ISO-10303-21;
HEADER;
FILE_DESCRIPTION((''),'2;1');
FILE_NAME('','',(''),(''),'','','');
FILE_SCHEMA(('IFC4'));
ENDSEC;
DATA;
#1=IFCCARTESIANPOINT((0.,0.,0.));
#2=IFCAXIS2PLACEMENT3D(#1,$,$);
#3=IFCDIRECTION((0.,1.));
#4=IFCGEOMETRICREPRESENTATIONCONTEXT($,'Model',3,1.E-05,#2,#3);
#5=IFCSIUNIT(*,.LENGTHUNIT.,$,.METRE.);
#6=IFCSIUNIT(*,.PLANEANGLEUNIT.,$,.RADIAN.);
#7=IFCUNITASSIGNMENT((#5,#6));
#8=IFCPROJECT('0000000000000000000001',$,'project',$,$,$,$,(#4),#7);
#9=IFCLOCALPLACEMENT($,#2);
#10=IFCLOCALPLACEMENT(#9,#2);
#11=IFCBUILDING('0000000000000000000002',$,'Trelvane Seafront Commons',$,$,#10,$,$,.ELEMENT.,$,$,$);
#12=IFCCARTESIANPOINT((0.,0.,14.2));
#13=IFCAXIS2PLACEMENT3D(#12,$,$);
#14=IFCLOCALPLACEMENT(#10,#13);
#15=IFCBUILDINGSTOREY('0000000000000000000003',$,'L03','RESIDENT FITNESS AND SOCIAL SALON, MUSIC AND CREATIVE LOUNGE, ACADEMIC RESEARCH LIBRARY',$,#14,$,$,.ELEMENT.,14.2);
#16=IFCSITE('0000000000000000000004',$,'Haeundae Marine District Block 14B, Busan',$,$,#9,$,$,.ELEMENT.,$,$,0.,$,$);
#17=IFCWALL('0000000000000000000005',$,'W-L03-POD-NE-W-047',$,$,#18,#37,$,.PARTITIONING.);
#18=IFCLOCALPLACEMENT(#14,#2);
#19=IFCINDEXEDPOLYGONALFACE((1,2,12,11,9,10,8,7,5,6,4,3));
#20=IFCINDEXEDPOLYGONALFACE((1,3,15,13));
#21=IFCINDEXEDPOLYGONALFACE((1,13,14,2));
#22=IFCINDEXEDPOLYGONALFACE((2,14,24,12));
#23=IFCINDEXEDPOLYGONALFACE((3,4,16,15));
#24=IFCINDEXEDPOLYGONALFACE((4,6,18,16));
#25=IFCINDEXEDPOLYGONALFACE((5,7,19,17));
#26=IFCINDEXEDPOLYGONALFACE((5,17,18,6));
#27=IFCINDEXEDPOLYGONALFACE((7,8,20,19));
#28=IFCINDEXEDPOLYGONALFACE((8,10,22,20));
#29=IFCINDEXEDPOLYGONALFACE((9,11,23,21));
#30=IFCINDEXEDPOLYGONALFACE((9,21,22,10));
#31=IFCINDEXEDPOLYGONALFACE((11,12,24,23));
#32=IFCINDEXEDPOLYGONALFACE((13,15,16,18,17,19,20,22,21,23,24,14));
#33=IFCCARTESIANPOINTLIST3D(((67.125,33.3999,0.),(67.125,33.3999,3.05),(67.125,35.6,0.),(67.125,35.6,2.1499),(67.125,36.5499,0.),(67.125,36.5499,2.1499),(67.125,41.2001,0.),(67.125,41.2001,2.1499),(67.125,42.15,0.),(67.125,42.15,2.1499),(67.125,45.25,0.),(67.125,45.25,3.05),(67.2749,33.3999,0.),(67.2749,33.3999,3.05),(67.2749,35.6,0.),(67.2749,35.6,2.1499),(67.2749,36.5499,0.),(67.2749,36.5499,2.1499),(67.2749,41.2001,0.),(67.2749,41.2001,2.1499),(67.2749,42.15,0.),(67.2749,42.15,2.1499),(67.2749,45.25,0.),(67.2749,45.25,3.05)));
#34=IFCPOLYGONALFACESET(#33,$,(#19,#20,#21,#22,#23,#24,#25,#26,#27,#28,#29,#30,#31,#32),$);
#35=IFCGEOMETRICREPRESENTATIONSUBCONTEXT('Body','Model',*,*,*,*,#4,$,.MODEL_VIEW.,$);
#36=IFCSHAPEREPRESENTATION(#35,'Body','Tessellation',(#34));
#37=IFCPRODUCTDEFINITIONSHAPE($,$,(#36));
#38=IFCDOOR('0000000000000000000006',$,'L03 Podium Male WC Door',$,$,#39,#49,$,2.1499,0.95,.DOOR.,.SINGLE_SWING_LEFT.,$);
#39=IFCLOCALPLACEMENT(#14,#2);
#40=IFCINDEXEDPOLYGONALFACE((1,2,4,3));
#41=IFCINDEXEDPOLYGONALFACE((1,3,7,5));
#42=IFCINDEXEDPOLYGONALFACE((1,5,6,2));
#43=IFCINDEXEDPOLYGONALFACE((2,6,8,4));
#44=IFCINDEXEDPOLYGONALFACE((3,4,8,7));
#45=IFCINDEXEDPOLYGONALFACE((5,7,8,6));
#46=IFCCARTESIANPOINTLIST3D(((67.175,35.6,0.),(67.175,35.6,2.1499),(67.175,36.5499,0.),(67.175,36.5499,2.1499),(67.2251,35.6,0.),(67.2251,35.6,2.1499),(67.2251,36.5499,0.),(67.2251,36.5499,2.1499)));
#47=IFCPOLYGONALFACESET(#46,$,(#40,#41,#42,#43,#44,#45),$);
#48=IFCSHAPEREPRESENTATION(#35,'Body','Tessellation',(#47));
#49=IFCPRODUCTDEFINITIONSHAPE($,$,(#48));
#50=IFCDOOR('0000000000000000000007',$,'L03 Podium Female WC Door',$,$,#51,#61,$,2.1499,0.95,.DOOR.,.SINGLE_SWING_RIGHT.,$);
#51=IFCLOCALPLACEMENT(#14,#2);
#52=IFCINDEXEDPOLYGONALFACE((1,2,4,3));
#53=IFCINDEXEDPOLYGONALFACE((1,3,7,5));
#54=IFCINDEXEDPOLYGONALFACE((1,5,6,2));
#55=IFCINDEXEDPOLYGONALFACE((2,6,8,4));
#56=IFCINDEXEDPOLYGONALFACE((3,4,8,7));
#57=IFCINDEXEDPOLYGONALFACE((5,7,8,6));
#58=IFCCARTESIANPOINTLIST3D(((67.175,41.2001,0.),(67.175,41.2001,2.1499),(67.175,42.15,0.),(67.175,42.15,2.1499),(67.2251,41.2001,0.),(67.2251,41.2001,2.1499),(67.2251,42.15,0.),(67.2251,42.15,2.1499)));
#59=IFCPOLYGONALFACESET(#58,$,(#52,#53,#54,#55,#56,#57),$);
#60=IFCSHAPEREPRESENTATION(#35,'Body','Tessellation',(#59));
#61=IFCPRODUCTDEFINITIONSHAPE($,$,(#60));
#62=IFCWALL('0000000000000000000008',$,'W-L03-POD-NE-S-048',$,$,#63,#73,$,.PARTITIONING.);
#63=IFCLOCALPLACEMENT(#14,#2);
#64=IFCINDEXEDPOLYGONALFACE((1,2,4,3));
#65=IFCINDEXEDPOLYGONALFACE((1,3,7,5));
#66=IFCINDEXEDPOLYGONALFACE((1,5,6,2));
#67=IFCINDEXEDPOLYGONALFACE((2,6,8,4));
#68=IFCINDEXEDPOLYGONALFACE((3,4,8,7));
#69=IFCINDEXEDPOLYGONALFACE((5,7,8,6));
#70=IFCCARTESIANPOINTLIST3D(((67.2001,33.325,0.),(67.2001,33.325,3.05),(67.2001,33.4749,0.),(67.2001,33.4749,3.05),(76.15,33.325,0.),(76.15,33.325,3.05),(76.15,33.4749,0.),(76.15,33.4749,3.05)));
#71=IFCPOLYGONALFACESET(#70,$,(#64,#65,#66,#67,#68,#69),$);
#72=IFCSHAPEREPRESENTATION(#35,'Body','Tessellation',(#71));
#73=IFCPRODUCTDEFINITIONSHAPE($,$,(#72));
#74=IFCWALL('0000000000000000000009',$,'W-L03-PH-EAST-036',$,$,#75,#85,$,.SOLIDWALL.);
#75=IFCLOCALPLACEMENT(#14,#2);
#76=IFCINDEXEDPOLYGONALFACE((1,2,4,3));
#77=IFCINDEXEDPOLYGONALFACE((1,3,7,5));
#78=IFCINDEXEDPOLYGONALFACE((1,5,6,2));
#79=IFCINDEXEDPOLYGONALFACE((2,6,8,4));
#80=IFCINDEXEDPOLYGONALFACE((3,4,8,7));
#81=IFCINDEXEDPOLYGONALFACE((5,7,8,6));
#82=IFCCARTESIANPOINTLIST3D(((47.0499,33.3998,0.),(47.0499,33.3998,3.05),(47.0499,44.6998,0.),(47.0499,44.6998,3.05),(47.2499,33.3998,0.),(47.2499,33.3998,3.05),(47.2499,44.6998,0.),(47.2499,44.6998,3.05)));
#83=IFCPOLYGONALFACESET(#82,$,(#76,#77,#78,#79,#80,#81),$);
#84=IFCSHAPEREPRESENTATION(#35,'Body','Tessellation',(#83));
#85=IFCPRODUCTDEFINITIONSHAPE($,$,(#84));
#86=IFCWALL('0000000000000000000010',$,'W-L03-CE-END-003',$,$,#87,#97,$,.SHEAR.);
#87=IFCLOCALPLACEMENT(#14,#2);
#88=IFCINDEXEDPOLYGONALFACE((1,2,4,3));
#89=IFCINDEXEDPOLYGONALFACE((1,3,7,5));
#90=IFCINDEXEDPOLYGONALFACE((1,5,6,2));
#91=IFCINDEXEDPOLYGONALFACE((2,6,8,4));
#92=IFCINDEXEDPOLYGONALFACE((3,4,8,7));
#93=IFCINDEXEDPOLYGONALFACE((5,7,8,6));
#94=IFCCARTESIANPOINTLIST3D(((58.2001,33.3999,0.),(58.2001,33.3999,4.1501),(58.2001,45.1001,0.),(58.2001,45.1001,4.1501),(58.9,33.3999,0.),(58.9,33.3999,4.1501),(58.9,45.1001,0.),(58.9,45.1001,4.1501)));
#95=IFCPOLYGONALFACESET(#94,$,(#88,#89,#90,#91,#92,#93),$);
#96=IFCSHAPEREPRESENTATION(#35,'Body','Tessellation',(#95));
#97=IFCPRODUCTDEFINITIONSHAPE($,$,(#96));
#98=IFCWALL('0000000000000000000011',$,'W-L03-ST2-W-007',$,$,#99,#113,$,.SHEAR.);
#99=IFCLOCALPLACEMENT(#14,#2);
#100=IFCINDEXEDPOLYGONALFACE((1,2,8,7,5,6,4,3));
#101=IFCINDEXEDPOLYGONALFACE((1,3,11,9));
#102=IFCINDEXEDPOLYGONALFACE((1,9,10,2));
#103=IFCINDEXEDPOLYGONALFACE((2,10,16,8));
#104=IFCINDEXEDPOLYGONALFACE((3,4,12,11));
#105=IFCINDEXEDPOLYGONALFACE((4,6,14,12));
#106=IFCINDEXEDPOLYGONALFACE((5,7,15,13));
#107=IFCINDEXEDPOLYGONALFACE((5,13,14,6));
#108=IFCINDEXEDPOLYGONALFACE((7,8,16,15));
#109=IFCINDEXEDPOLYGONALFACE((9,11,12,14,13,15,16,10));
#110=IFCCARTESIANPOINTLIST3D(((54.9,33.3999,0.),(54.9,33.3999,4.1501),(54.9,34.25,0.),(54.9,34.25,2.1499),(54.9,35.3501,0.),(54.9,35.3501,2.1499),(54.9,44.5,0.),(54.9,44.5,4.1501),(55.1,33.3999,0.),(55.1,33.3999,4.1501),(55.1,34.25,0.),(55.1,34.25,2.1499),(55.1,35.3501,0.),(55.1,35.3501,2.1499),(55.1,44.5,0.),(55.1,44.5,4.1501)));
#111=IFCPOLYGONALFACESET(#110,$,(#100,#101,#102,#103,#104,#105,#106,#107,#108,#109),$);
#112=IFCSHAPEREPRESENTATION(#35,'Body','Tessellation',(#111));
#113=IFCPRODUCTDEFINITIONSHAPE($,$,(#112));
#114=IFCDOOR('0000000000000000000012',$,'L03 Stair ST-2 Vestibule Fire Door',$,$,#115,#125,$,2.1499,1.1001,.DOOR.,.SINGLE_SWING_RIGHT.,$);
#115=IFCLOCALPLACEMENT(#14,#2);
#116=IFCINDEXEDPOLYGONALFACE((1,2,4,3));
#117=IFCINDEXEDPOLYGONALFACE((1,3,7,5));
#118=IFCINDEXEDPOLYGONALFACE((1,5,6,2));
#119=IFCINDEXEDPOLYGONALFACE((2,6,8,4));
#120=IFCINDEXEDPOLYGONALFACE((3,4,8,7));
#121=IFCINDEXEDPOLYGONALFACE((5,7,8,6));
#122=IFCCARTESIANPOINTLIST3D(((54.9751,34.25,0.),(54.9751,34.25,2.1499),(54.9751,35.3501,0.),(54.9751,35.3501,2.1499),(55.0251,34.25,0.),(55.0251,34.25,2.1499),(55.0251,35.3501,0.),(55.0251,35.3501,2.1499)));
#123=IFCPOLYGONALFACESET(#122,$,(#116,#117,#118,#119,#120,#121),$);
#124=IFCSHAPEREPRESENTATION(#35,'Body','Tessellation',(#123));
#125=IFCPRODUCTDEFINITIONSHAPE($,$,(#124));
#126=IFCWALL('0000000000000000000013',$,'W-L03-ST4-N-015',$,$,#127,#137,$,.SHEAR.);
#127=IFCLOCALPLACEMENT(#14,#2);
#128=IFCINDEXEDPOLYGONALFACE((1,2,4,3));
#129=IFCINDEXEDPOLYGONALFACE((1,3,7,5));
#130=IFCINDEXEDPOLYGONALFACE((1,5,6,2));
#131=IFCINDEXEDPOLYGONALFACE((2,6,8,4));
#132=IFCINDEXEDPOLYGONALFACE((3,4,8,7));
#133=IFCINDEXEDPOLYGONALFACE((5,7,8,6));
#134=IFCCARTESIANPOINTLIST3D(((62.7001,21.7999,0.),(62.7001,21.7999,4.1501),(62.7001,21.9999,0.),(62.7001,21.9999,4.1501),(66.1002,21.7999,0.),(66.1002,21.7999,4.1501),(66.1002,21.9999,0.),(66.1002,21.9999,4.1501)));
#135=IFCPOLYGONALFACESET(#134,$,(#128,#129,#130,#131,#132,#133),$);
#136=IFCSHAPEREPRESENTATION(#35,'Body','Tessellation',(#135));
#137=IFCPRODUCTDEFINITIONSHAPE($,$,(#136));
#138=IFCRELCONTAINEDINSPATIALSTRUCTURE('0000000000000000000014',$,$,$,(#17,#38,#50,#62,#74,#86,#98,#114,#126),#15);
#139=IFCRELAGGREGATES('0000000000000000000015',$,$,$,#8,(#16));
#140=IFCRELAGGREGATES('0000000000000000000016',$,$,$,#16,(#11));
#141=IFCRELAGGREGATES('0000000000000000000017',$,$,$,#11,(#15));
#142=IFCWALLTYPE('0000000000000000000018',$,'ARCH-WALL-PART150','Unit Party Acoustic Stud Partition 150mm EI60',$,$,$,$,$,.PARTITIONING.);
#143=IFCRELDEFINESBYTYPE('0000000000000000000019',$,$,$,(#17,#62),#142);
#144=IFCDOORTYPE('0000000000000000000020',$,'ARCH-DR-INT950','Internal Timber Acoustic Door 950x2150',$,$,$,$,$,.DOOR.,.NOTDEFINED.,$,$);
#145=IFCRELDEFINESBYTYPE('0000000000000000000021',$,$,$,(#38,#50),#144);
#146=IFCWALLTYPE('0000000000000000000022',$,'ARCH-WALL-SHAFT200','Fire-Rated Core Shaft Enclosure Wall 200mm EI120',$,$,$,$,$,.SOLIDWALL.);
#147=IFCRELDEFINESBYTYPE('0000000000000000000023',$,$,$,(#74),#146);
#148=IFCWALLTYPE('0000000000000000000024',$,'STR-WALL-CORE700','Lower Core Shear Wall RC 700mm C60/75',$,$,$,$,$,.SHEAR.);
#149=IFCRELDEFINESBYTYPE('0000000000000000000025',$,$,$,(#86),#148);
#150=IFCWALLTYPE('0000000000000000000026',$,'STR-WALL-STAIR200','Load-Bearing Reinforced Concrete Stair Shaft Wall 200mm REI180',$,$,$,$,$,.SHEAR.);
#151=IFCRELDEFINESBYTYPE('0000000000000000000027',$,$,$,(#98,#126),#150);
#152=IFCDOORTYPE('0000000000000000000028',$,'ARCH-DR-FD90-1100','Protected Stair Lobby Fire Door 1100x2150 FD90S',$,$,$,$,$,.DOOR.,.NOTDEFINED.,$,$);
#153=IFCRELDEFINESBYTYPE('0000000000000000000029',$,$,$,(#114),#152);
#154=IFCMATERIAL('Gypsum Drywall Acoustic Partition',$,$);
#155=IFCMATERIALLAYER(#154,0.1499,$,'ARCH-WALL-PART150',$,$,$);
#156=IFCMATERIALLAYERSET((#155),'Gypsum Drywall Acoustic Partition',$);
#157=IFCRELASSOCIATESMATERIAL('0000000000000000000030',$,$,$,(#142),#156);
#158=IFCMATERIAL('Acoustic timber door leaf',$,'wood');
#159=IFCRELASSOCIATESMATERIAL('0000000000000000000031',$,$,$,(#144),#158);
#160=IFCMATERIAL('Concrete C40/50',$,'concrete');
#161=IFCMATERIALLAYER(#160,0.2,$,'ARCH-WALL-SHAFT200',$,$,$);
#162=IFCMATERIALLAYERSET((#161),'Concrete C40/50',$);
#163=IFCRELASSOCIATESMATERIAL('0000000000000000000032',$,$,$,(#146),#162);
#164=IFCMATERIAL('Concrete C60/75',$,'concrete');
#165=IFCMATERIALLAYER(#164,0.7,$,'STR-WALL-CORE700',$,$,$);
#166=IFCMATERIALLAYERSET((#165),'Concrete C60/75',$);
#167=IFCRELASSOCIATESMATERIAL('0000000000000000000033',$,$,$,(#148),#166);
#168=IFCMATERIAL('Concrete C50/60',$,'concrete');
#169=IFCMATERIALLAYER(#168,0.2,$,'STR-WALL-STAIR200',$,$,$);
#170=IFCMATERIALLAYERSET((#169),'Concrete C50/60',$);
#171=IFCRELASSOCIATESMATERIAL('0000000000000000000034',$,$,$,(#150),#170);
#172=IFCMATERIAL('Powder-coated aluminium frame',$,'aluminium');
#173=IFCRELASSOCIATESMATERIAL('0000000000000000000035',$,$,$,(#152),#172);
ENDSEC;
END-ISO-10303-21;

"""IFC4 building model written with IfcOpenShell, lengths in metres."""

from ifc_helpers import new_model, si_unit, direction, frame, frame_2d, origin, place, context, subcontext, project, spatial, rectangle, extrude, source, transform, mapped, material, layer, layer_set, type_object, element, fill, save


model = new_model("IFC4")

# Units and contexts
model_context = context("Model", 3, precision=1e-05, world=origin(), true_north=direction((0.0, 1.0)))
body_context = subcontext(model_context, "Body", "Model", "MODEL_VIEW")
ifc_project = project(units=[si_unit("LENGTHUNIT", "METRE"), si_unit("PLANEANGLEUNIT", "RADIAN")], contexts=[model_context])

# Site, building, storey
site_placement = place(None, origin())
site = spatial("IfcSite", under=ifc_project, at=site_placement, Name="Haeundae Marine District Block 14B, Busan", CompositionType="ELEMENT", RefElevation=0.0)
building_placement = place(site_placement, origin())
building = spatial("IfcBuilding", under=site, at=building_placement, Name="Trelvane Seafront Commons", CompositionType="ELEMENT")
storey_placement = place(building_placement, frame((0.0, 0.0, 14.2)))
storey = spatial("IfcBuildingStorey", under=building, at=storey_placement, Name="L03", Description="RESIDENT FITNESS AND SOCIAL SALON, MUSIC AND CREATIVE LOUNGE, ACADEMIC RESEARCH LIBRARY", CompositionType="ELEMENT", Elevation=14.2)

# Shared definitions
ifc_material_1 = material(Name="Concrete C60/75", Category="concrete")

# Shared definitions
ifc_material_2 = material(Name="Concrete C50/60", Category="concrete")

# Shared definitions
ifc_material_3 = material(Name="Concrete C40/50", Category="concrete")
ifc_material_4 = material(Name="Powder-coated aluminium frame", Category="aluminium")
shared_shape_1 = source(origin(), body_context, "Body", "SweptSolid", [
    extrude(rectangle(XDim=0.95, YDim=2.1499, at=frame_2d((0.4751, 1.075))), frame((0.0, 0.0249, 0.0), z_axis=(0.0, -1.0, 0.0), x_axis=(1.0, 0.0, 0.0)), (0.0, 0.0, 1.0), 0.05),
])

# Wall, openings, doors
ifc_material_5 = material(Name="Gypsum Drywall Acoustic Partition")
ifc_layer_1 = layer(ifc_material_5, 0.1499, Name="ARCH-WALL-PART150")
ifc_layer_set_1 = layer_set([ifc_layer_1], Name="Gypsum Drywall Acoustic Partition")
wall_type_1 = type_object("IfcWallType", Name="ARCH-WALL-PART150", Description="Unit Party Acoustic Stud Partition 150mm EI60", PredefinedType="PARTITIONING", material=ifc_layer_set_1)
wall_1_placement = place(storey_placement, frame((67.2, 33.3999, 0.0), z_axis=(0.0, 0.0, 1.0), x_axis=(0.0, 1.0, 0.0)))
wall_1 = element("IfcWall", 1, at=wall_1_placement, inside=storey, type_object=wall_type_1, Name="W-L03-POD-NE-W-047", PredefinedType="PARTITIONING", context=body_context, shape_type="SweptSolid", body=[
    extrude(rectangle(XDim=11.8501, YDim=0.1499, at=frame_2d((5.925, 0.0))), origin(), (0.0, 0.0, 1.0), 3.05),
])
opening_1_placement = place(wall_1_placement, frame((2.2, 0.0, 0.0)))
opening_1 = element("IfcOpeningElement", 2, at=opening_1_placement, cuts=wall_1, PredefinedType="OPENING", context=body_context, shape_type="SweptSolid", body=[
    extrude(rectangle(XDim=0.95, YDim=2.1499, at=frame_2d((0.4751, 1.075))), frame((0.0, 0.085, 0.0), z_axis=(0.0, -1.0, 0.0), x_axis=(1.0, 0.0, 0.0)), (0.0, 0.0, 1.0), 0.1699),
])
opening_2_placement = place(wall_1_placement, frame((7.8, 0.0, 0.0)))
opening_2 = element("IfcOpeningElement", 3, at=opening_2_placement, cuts=wall_1, PredefinedType="OPENING", context=body_context, shape_type="SweptSolid", body=[
    extrude(rectangle(XDim=0.95, YDim=2.1499, at=frame_2d((0.4751, 1.075))), frame((0.0, 0.085, 0.0), z_axis=(0.0, -1.0, 0.0), x_axis=(1.0, 0.0, 0.0)), (0.0, 0.0, 1.0), 0.1699),
])
ifc_material_6 = material(Name="Acoustic timber door leaf", Category="wood")
door_type_1 = type_object("IfcDoorType", Name="ARCH-DR-INT950", Description="Internal Timber Acoustic Door 950x2150", OperationType="NOTDEFINED", PredefinedType="DOOR", material=ifc_material_6)
door_1_placement = place(opening_1_placement, origin())
door_1 = element("IfcDoor", 4, at=door_1_placement, inside=storey, type_object=door_type_1, Name="L03 Podium Male WC Door", OperationType="SINGLE_SWING_LEFT", OverallHeight=2.1499, OverallWidth=0.95, PredefinedType="DOOR", context=body_context, shape_type="MappedRepresentation", body=[
    mapped(shared_shape_1, transform((0.0, 0.0, 0.0), x_axis=(1.0, 0.0, 0.0), y_axis=(0.0, 1.0, 0.0), z_axis=(0.0, 0.0, 1.0), scale=1.0)),
])
fill(opening_1, door_1)
door_2_placement = place(opening_2_placement, origin())
door_2 = element("IfcDoor", 5, at=door_2_placement, inside=storey, type_object=door_type_1, Name="L03 Podium Female WC Door", OperationType="SINGLE_SWING_RIGHT", OverallHeight=2.1499, OverallWidth=0.95, PredefinedType="DOOR", context=body_context, shape_type="MappedRepresentation", body=[
    mapped(shared_shape_1, transform((0.0, 0.0, 0.0), x_axis=(1.0, 0.0, 0.0), y_axis=(0.0, 1.0, 0.0), z_axis=(0.0, 0.0, 1.0), scale=1.0)),
])
fill(opening_2, door_2)

# Walls
wall_2_placement = place(storey_placement, frame((67.2, 33.3999, 0.0), z_axis=(0.0, 0.0, 1.0), x_axis=(1.0, 0.0, 0.0)))
element("IfcWall", 6, at=wall_2_placement, inside=storey, type_object=wall_type_1, Name="W-L03-POD-NE-S-048", PredefinedType="PARTITIONING", context=body_context, shape_type="SweptSolid", body=[
    extrude(rectangle(XDim=8.95, YDim=0.1499, at=frame_2d((4.4751, 0.0))), origin(), (0.0, 0.0, 1.0), 3.05),
])
ifc_layer_2 = layer(ifc_material_3, 0.2, Name="ARCH-WALL-SHAFT200")
ifc_layer_set_2 = layer_set([ifc_layer_2], Name="Concrete C40/50")
wall_type_2 = type_object("IfcWallType", Name="ARCH-WALL-SHAFT200", Description="Fire-Rated Core Shaft Enclosure Wall 200mm EI120", PredefinedType="SOLIDWALL", material=ifc_layer_set_2)
wall_3_placement = place(storey_placement, frame((47.1499, 33.3999, 0.0), z_axis=(0.0, 0.0, 1.0), x_axis=(0.0, 1.0, 0.0)))
element("IfcWall", 7, at=wall_3_placement, inside=storey, type_object=wall_type_2, Name="W-L03-PH-EAST-036", PredefinedType="SOLIDWALL", context=body_context, shape_type="SweptSolid", body=[
    extrude(rectangle(XDim=11.3, YDim=0.2, at=frame_2d((5.6499, 0.0))), origin(), (0.0, 0.0, 1.0), 3.05),
])
ifc_layer_3 = layer(ifc_material_1, 0.7, Name="STR-WALL-CORE700")
ifc_layer_set_3 = layer_set([ifc_layer_3], Name="Concrete C60/75")
wall_type_3 = type_object("IfcWallType", Name="STR-WALL-CORE700", Description="Lower Core Shear Wall RC 700mm C60/75", PredefinedType="SHEAR", material=ifc_layer_set_3)
wall_4_placement = place(storey_placement, frame((58.55, 33.3999, 0.0), z_axis=(0.0, 0.0, 1.0), x_axis=(0.0, 1.0, 0.0)))
element("IfcWall", 8, at=wall_4_placement, inside=storey, type_object=wall_type_3, Name="W-L03-CE-END-003", PredefinedType="SHEAR", context=body_context, shape_type="SweptSolid", body=[
    extrude(rectangle(XDim=11.7002, YDim=0.7, at=frame_2d((5.8501, 0.0))), origin(), (0.0, 0.0, 1.0), 4.1501),
])

# Wall, opening, door
ifc_layer_4 = layer(ifc_material_2, 0.2, Name="STR-WALL-STAIR200")
ifc_layer_set_4 = layer_set([ifc_layer_4], Name="Concrete C50/60")
wall_type_4 = type_object("IfcWallType", Name="STR-WALL-STAIR200", Description="Load-Bearing Reinforced Concrete Stair Shaft Wall 200mm REI180", PredefinedType="SHEAR", material=ifc_layer_set_4)
wall_5_placement = place(storey_placement, frame((55.0, 33.3999, 0.0), z_axis=(0.0, 0.0, 1.0), x_axis=(0.0, 1.0, 0.0)))
wall_5 = element("IfcWall", 9, at=wall_5_placement, inside=storey, type_object=wall_type_4, Name="W-L03-ST2-W-007", PredefinedType="SHEAR", context=body_context, shape_type="SweptSolid", body=[
    extrude(rectangle(XDim=11.1001, YDim=0.2, at=frame_2d((5.55, 0.0))), origin(), (0.0, 0.0, 1.0), 4.1501),
])
opening_3_placement = place(wall_5_placement, frame((0.8501, 0.0, 0.0)))
opening_3 = element("IfcOpeningElement", 10, at=opening_3_placement, cuts=wall_5, PredefinedType="OPENING", context=body_context, shape_type="SweptSolid", body=[
    extrude(rectangle(XDim=1.1001, YDim=2.1499, at=frame_2d((0.55, 1.075))), frame((0.0, 0.1099, 0.0), z_axis=(0.0, -1.0, 0.0), x_axis=(1.0, 0.0, 0.0)), (0.0, 0.0, 1.0), 0.22),
])
door_type_2 = type_object("IfcDoorType", Name="ARCH-DR-FD90-1100", Description="Protected Stair Lobby Fire Door 1100x2150 FD90S", OperationType="NOTDEFINED", PredefinedType="DOOR", material=ifc_material_4)
shared_shape_2 = source(origin(), body_context, "Body", "SweptSolid", [
    extrude(rectangle(XDim=1.1001, YDim=2.1499, at=frame_2d((0.55, 1.075))), frame((0.0, 0.0249, 0.0), z_axis=(0.0, -1.0, 0.0), x_axis=(1.0, 0.0, 0.0)), (0.0, 0.0, 1.0), 0.05),
])
door_3_placement = place(opening_3_placement, origin())
door_3 = element("IfcDoor", 11, at=door_3_placement, inside=storey, type_object=door_type_2, Name="L03 Stair ST-2 Vestibule Fire Door", OperationType="SINGLE_SWING_RIGHT", OverallHeight=2.1499, OverallWidth=1.1001, PredefinedType="DOOR", context=body_context, shape_type="MappedRepresentation", body=[
    mapped(shared_shape_2, transform((0.0, 0.0, 0.0), x_axis=(1.0, 0.0, 0.0), y_axis=(0.0, 1.0, 0.0), z_axis=(0.0, 0.0, 1.0), scale=1.0)),
])
fill(opening_3, door_3)

# Wall
wall_6_placement = place(storey_placement, frame((62.7, 21.8999, 0.0), z_axis=(0.0, 0.0, 1.0), x_axis=(1.0, 0.0, 0.0)))
element("IfcWall", 12, at=wall_6_placement, inside=storey, type_object=wall_type_4, Name="W-L03-ST4-N-015", PredefinedType="SHEAR", context=body_context, shape_type="SweptSolid", body=[
    extrude(rectangle(XDim=3.4001, YDim=0.2, at=frame_2d((1.7002, 0.0))), origin(), (0.0, 0.0, 1.0), 4.1501),
])

save(model, "model.ifc")
